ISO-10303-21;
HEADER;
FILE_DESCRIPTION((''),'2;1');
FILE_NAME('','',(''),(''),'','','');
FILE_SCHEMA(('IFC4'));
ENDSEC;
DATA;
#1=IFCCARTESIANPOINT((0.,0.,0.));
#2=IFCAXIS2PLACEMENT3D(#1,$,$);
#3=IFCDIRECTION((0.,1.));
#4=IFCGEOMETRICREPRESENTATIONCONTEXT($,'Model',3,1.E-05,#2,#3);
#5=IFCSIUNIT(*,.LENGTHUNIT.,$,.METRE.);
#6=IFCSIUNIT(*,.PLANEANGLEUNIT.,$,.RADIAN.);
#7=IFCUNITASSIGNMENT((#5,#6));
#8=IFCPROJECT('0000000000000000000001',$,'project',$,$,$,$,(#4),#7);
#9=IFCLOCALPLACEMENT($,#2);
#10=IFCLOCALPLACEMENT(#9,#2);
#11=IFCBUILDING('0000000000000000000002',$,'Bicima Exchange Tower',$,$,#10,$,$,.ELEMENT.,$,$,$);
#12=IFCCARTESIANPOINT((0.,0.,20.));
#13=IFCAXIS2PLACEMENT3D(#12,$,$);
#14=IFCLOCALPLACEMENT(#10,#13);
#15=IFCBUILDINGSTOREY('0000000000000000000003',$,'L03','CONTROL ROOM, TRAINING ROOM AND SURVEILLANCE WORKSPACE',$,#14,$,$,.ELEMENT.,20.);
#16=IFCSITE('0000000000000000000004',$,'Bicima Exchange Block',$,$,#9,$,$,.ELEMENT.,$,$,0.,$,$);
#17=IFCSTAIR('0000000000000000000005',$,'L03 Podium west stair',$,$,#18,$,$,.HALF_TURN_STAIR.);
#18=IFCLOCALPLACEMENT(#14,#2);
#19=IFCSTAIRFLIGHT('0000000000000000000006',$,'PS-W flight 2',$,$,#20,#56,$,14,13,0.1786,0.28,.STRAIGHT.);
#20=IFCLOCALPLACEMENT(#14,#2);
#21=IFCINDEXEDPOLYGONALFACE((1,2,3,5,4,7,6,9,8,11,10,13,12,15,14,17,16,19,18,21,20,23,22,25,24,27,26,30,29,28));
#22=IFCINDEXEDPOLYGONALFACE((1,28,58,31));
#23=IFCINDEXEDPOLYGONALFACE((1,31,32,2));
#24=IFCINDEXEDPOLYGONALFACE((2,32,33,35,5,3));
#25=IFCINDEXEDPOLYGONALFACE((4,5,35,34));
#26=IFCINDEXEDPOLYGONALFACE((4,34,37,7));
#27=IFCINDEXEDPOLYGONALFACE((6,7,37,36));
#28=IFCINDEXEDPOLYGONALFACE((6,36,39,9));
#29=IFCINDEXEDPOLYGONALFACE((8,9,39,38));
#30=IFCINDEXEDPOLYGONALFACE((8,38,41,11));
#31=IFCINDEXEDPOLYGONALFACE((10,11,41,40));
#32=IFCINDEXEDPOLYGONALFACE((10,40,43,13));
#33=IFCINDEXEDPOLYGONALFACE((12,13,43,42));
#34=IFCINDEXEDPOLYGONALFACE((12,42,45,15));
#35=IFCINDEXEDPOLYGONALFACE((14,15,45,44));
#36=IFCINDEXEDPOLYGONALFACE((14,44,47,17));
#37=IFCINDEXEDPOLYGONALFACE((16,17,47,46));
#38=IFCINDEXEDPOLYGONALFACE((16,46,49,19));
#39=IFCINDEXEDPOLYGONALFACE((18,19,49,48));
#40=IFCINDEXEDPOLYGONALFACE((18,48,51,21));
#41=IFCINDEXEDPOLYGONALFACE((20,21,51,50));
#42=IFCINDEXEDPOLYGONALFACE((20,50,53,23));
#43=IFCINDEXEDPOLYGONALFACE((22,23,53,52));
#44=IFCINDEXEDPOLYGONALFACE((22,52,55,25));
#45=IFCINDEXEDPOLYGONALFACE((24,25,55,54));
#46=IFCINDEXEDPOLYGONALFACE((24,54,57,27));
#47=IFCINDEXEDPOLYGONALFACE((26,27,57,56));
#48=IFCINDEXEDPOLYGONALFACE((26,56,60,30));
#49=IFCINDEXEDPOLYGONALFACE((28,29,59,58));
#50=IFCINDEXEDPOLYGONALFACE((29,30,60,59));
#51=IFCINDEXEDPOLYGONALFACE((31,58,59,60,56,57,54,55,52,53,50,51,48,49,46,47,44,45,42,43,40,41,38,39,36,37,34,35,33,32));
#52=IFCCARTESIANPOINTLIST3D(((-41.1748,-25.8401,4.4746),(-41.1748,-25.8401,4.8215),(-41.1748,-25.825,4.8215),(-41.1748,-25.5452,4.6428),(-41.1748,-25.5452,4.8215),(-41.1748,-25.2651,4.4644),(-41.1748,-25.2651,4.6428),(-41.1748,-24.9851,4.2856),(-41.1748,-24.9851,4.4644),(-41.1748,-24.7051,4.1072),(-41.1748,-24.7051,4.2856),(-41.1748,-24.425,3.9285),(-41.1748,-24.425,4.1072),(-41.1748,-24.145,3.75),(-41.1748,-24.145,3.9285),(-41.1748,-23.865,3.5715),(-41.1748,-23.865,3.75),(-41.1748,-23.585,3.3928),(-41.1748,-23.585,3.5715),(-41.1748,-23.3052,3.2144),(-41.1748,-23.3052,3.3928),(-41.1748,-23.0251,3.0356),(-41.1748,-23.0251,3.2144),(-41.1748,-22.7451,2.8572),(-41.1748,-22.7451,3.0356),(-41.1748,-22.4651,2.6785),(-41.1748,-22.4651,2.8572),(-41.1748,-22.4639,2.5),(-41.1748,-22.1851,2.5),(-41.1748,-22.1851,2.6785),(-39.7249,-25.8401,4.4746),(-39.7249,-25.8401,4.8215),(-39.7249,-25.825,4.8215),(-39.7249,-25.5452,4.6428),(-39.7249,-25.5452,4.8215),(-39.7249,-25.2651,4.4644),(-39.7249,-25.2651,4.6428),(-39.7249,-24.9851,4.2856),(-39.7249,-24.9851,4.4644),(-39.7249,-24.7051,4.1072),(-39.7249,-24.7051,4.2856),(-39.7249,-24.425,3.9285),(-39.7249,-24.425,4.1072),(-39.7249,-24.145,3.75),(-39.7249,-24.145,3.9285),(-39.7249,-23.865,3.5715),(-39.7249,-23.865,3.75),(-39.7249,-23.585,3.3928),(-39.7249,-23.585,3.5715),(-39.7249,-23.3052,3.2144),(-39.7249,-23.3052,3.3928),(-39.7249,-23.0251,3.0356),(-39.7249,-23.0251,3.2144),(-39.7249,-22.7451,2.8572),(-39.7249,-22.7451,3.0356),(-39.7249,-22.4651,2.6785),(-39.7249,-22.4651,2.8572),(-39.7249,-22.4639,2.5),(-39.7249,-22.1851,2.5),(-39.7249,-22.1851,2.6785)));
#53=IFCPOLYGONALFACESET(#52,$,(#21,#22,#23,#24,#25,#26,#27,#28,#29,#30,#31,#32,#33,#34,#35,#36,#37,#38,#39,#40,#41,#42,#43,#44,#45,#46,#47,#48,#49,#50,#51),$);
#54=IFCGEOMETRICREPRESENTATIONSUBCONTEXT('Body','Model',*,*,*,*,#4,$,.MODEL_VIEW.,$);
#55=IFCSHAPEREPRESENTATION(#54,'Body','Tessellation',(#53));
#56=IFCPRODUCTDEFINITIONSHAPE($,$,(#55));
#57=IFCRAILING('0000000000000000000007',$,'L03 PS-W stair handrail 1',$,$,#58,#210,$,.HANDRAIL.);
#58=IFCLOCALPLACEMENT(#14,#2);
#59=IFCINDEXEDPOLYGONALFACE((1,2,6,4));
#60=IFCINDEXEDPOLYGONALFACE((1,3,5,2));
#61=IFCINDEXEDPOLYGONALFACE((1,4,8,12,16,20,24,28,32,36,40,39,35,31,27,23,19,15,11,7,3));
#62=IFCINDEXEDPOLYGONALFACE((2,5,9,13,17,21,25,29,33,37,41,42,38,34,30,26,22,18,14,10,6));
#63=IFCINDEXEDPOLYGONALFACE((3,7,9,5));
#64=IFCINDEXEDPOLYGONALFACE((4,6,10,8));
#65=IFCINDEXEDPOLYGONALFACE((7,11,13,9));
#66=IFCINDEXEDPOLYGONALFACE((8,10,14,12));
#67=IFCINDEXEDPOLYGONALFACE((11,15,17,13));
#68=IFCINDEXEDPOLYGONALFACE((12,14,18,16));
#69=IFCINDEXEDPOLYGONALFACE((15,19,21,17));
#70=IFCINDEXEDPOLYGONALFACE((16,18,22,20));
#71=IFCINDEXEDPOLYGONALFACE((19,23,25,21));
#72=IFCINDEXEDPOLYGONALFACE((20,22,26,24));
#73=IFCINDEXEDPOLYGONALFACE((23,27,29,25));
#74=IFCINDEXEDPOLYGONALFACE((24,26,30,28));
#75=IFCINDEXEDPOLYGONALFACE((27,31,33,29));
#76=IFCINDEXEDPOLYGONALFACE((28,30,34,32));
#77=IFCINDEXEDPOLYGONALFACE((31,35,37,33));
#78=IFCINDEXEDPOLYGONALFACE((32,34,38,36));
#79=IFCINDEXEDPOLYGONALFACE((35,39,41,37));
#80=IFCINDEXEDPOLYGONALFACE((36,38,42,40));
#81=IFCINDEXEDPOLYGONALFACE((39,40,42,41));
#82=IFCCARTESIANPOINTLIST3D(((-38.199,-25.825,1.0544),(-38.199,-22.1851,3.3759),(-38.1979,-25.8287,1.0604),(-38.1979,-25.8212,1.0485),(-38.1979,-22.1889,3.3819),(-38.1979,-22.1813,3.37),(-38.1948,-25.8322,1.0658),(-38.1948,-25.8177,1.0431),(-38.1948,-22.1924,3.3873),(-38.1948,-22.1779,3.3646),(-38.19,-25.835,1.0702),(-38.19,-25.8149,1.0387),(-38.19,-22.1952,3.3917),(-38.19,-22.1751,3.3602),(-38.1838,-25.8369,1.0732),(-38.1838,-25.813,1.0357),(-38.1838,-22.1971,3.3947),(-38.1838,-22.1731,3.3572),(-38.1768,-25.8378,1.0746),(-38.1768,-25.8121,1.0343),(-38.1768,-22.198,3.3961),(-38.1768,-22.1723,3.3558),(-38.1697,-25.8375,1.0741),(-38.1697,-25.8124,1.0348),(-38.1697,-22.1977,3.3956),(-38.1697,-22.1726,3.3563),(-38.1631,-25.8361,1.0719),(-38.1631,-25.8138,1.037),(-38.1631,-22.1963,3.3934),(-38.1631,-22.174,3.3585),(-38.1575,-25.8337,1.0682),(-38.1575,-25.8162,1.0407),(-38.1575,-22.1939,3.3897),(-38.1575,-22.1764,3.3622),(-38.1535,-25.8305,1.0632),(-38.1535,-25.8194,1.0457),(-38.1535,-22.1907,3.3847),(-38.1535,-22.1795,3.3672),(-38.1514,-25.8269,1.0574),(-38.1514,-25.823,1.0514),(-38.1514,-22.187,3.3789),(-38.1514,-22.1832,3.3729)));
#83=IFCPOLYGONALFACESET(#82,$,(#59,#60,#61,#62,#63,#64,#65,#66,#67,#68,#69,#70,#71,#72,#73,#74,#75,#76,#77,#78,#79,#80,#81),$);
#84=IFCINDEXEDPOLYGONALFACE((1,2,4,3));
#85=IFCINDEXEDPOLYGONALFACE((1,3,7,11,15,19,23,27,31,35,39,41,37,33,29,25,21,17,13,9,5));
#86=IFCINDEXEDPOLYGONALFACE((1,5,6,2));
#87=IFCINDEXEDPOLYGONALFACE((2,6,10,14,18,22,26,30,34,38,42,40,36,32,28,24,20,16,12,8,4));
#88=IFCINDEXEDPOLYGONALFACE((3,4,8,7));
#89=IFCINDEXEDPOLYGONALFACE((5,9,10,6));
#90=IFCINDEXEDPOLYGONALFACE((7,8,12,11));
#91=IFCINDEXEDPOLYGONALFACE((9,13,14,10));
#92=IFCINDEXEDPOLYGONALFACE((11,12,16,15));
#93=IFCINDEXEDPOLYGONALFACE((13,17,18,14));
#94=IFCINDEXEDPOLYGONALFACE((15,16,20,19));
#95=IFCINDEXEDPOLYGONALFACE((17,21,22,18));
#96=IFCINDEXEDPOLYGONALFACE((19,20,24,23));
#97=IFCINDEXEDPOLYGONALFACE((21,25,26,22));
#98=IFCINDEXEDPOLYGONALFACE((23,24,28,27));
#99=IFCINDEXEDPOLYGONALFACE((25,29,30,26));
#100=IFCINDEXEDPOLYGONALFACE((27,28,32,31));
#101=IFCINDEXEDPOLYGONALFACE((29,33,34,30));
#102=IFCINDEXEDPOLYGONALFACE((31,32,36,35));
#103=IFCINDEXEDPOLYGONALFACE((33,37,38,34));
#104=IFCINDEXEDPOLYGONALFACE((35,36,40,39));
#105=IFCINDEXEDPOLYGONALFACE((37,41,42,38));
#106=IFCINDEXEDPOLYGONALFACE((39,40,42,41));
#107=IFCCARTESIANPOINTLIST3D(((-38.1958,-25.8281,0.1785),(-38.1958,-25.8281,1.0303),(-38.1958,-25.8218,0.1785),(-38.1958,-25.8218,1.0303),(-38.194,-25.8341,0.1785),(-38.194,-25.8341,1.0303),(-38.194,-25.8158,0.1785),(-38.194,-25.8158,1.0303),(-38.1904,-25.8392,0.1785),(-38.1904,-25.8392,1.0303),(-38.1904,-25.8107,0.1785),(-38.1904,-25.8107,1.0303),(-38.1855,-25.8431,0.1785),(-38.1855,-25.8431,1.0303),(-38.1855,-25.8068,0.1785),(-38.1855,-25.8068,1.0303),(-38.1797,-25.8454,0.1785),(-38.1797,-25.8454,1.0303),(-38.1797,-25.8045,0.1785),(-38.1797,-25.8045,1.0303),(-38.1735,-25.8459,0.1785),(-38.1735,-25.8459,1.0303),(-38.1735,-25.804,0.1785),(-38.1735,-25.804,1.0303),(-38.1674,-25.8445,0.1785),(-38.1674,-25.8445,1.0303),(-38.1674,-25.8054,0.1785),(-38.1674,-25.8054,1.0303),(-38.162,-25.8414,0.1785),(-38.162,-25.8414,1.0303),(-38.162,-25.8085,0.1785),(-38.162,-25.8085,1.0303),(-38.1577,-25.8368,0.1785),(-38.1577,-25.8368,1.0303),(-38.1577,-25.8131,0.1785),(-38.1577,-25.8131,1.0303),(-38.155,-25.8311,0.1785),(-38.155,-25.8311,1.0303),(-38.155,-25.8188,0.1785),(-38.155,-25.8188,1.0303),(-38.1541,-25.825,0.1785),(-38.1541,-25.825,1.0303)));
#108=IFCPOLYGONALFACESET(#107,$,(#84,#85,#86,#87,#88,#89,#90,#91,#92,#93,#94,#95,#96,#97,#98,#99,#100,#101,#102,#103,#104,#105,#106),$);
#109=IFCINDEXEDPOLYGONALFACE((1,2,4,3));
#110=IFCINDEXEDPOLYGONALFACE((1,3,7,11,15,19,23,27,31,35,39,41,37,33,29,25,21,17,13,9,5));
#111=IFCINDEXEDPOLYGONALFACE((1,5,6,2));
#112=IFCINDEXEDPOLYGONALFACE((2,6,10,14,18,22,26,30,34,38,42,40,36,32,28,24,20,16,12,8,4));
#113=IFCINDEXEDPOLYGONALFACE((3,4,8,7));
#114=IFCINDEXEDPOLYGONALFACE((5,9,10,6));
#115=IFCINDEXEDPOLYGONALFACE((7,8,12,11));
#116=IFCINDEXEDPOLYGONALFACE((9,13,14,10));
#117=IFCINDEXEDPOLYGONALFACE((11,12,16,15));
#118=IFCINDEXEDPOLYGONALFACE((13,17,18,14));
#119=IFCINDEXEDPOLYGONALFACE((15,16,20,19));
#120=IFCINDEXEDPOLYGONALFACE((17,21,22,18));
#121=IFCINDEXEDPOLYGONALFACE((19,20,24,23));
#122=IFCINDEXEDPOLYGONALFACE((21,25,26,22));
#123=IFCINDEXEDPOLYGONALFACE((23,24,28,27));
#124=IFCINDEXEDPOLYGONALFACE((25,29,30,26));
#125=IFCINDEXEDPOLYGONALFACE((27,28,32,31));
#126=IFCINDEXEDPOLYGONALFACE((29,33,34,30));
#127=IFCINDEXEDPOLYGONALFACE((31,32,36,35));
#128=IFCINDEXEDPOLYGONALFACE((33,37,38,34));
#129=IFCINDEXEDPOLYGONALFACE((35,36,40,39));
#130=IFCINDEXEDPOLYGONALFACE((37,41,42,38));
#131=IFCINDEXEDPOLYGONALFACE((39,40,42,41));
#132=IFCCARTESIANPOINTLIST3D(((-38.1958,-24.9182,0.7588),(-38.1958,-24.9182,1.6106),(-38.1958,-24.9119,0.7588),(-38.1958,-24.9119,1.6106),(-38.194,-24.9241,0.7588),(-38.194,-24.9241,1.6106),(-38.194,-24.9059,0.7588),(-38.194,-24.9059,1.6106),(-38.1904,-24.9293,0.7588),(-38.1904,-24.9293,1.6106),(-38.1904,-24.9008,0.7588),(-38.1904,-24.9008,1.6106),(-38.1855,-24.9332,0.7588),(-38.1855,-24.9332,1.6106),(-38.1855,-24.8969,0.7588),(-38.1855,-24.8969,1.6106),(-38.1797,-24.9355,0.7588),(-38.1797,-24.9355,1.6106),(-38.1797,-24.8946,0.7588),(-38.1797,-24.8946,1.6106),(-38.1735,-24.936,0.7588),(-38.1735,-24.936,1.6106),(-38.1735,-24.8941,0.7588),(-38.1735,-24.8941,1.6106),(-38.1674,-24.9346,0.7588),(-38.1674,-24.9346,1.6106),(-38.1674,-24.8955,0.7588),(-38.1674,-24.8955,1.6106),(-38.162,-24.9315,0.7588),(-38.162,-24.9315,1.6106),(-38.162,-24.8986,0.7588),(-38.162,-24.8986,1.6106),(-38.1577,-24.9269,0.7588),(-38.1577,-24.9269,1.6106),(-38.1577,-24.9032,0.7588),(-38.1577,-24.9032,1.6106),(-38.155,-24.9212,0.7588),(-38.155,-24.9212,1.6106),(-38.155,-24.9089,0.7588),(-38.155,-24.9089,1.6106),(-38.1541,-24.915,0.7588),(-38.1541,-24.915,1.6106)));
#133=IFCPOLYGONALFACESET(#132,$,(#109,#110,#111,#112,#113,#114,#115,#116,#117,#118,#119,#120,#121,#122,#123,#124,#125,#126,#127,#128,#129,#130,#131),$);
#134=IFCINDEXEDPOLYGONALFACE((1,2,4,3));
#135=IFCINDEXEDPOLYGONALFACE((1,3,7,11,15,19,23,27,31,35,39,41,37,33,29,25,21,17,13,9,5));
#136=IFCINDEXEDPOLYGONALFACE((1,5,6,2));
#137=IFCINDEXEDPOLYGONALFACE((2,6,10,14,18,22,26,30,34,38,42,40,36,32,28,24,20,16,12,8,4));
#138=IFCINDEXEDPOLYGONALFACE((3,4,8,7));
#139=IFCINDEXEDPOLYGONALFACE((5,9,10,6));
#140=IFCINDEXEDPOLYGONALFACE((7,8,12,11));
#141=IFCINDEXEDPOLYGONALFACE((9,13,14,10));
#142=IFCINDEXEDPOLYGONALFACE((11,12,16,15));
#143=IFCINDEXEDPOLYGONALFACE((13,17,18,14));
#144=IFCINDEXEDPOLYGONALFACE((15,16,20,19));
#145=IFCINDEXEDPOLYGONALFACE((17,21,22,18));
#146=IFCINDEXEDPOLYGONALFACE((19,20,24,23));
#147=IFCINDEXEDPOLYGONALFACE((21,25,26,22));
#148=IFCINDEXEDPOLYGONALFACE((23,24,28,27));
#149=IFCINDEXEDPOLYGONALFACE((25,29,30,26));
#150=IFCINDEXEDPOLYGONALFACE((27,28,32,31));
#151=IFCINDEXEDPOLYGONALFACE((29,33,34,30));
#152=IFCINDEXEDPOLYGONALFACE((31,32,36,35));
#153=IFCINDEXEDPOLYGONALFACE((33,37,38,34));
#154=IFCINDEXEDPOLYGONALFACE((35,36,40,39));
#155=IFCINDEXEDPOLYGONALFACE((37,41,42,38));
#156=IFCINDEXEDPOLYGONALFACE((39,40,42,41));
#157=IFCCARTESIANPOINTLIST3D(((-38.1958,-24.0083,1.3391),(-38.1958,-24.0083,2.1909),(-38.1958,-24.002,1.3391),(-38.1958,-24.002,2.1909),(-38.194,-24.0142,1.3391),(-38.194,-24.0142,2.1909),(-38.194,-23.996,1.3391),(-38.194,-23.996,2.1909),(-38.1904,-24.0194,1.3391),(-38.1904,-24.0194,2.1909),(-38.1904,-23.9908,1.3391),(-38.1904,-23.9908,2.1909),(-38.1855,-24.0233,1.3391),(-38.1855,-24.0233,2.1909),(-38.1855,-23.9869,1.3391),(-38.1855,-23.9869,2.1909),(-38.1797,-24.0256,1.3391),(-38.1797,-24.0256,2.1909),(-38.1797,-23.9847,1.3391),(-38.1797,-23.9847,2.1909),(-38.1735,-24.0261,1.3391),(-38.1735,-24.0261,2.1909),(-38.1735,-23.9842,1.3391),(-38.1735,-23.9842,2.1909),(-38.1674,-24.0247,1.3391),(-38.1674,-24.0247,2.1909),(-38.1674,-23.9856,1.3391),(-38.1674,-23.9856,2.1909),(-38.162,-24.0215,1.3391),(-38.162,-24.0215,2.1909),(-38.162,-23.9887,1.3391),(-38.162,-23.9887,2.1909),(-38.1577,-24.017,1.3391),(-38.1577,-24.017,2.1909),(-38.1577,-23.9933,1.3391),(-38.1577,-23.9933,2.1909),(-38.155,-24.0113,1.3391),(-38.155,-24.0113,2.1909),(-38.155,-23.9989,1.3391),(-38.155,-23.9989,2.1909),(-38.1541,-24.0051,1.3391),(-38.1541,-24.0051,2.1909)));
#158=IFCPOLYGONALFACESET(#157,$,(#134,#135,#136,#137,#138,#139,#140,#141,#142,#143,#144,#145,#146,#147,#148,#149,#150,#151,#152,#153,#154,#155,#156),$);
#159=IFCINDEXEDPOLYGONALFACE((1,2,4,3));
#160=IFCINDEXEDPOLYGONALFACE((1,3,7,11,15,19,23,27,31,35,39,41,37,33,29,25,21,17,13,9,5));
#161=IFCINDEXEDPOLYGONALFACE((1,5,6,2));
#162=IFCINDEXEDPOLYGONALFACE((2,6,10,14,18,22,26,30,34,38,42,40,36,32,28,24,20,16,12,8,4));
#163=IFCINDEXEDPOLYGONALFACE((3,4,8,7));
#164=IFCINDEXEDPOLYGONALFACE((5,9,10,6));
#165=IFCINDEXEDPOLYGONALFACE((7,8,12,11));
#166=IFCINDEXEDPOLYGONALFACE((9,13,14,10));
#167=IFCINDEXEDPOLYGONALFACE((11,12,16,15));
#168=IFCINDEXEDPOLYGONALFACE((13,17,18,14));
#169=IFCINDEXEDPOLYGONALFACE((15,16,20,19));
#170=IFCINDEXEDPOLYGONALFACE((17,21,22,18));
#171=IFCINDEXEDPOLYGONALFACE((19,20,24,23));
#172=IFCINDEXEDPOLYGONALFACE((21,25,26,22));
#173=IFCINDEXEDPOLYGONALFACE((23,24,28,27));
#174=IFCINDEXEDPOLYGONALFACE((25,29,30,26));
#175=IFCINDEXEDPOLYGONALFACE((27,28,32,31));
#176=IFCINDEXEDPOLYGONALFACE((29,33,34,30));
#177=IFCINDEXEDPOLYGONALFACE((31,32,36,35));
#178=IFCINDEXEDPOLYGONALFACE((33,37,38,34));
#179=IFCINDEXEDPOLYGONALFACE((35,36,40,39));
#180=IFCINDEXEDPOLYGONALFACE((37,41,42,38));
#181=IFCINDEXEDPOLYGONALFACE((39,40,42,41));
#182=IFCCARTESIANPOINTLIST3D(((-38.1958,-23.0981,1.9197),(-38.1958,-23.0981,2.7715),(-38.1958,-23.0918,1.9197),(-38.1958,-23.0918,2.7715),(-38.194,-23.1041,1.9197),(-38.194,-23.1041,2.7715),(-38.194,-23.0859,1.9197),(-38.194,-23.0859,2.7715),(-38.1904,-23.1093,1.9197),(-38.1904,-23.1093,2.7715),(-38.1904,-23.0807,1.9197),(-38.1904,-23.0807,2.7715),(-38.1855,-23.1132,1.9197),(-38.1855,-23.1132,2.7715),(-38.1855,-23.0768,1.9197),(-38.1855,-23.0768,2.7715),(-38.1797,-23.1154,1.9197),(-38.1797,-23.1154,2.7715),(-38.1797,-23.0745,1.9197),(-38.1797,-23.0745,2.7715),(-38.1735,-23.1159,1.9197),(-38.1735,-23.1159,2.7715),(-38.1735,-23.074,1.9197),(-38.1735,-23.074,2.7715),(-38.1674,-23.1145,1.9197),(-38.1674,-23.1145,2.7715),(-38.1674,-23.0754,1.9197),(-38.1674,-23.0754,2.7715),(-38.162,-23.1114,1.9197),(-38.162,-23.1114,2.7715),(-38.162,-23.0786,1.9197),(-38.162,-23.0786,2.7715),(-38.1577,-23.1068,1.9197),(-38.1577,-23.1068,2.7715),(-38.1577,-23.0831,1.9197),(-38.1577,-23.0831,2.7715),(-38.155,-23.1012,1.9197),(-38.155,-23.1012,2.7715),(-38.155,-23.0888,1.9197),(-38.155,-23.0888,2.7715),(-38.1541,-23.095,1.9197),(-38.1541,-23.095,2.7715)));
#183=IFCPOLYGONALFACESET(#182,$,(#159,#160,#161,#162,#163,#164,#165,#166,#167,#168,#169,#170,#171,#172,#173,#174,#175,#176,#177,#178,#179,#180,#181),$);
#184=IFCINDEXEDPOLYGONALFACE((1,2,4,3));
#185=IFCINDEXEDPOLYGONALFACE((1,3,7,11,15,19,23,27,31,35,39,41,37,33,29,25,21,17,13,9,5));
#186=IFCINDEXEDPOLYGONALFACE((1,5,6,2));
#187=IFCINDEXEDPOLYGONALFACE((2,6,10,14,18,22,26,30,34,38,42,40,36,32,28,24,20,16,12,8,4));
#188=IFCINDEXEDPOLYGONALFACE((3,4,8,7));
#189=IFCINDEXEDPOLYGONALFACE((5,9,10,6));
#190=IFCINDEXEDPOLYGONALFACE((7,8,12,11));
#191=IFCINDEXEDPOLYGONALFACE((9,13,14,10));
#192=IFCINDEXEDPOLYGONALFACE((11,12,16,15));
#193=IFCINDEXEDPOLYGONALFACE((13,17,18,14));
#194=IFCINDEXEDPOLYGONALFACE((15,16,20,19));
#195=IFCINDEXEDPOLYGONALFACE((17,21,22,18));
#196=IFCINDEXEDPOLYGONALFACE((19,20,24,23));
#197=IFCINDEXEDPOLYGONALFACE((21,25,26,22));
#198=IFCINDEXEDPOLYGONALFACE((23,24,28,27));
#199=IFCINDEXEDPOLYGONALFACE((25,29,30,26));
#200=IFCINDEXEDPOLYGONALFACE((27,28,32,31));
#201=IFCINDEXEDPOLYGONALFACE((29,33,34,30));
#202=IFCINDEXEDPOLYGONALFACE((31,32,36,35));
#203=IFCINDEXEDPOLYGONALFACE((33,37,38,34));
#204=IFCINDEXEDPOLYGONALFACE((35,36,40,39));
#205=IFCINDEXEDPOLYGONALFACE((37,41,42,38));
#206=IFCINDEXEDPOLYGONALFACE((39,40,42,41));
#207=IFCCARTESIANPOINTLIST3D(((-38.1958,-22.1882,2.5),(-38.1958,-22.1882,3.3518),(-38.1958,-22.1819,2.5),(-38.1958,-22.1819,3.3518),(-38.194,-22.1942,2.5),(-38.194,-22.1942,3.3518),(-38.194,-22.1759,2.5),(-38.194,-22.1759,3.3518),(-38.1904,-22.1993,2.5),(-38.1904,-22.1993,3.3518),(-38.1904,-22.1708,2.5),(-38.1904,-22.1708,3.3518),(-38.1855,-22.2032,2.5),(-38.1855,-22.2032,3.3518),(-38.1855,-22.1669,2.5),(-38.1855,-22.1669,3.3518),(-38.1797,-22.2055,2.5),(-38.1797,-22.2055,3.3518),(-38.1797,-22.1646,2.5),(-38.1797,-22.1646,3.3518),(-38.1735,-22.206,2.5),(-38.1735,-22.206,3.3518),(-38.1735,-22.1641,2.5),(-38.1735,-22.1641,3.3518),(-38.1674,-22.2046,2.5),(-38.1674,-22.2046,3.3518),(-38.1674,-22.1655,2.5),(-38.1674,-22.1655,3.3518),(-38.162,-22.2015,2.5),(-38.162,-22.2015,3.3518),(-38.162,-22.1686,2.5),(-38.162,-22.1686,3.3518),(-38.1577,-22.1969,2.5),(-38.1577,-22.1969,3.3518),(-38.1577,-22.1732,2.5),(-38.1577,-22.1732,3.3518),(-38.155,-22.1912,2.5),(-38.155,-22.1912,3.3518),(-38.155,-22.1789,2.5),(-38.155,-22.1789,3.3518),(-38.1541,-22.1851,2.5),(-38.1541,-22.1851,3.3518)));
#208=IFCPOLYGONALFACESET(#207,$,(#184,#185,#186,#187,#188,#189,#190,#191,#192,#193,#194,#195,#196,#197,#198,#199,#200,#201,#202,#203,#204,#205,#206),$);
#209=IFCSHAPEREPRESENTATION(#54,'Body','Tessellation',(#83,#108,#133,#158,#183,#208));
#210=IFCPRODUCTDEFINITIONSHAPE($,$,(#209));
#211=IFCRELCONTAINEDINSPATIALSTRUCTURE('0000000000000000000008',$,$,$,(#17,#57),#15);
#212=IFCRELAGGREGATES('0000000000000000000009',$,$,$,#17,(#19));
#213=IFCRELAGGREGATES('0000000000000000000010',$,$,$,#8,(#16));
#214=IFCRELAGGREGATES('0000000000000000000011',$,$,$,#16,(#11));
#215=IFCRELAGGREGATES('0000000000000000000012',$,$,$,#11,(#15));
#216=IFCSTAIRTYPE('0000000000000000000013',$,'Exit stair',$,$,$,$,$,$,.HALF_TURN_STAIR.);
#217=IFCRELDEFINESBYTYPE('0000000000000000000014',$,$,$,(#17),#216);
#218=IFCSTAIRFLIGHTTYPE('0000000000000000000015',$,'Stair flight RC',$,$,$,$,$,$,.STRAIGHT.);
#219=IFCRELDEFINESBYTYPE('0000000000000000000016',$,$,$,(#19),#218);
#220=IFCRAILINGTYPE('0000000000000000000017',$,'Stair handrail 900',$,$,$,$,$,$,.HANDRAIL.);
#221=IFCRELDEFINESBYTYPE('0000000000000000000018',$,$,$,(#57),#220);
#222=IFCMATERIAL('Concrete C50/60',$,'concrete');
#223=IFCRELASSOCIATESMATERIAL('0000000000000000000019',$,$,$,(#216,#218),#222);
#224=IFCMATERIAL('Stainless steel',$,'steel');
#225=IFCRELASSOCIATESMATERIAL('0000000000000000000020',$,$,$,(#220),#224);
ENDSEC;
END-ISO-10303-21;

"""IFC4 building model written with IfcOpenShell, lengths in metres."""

from ifc_helpers import new_model, si_unit, direction, frame, origin, origin_2d, place, context, subcontext, project, spatial, polyline, circle, outline, extrude, material, type_object, element, aggregate, save


model = new_model("IFC4")

# Units and contexts
model_context = context("Model", 3, precision=1e-05, world=origin(), true_north=direction((0.0, 1.0)))
body_context = subcontext(model_context, "Body", "Model", "MODEL_VIEW")
ifc_project = project(units=[si_unit("LENGTHUNIT", "METRE"), si_unit("PLANEANGLEUNIT", "RADIAN")], contexts=[model_context])

# Site, building, storey
site_placement = place(None, origin())
site = spatial("IfcSite", under=ifc_project, at=site_placement, Name="Bicima Exchange Block", CompositionType="ELEMENT", RefElevation=0.0)
building_placement = place(site_placement, origin())
building = spatial("IfcBuilding", under=site, at=building_placement, Name="Bicima Exchange Tower", CompositionType="ELEMENT")
storey_placement = place(building_placement, frame((0.0, 0.0, 20.0)))
storey = spatial("IfcBuildingStorey", under=building, at=storey_placement, Name="L03", Description="CONTROL ROOM, TRAINING ROOM AND SURVEILLANCE WORKSPACE", CompositionType="ELEMENT", Elevation=20.0)

# Shared definitions
ifc_material_1 = material(Name="Concrete C50/60", Category="concrete")

# Stair, stair flight
stair_type = type_object("IfcStairType", Name="Exit stair", PredefinedType="HALF_TURN_STAIR", material=ifc_material_1)
stair_placement = place(storey_placement, origin())
stair = element("IfcStair", 1, at=stair_placement, inside=storey, type_object=stair_type, Name="L03 Podium west stair", PredefinedType="HALF_TURN_STAIR")
stair_flight_type = type_object("IfcStairFlightType", Name="Stair flight RC", PredefinedType="STRAIGHT", material=ifc_material_1)
stair_flight_1_placement = place(storey_placement, frame((-40.45, -22.1851, 2.5), z_axis=(0.0, 0.0, 1.0), x_axis=(0.0, -1.0, 0.0)))
stair_flight_1 = element("IfcStairFlight", 2, at=stair_flight_1_placement, type_object=stair_flight_type, Name="PS-W flight 2", NumberOfRisers=14, NumberOfTreads=13, PredefinedType="STRAIGHT", RiserHeight=0.1786, TreadLength=0.28, context=body_context, shape_type="SweptSolid", body=[
    extrude(outline(polyline([(0.0, 0.0), (0.0, 0.1785), (0.28, 0.1785), (0.28, 0.3572), (0.5601, 0.3572), (0.5601, 0.5356), (0.8401, 0.5356), (0.8401, 0.7144), (1.1201, 0.7144), (1.1201, 0.8928), (1.3999, 0.8928), (1.3999, 1.0715), (1.6799, 1.0715), (1.6799, 1.25), (1.96, 1.25), (1.96, 1.4285), (2.24, 1.4285), (2.24, 1.6072), (2.52, 1.6072), (2.52, 1.7856), (2.8, 1.7856), (2.8, 1.9644), (3.0801, 1.9644), (3.0801, 2.1428), (3.3601, 2.1428), (3.3601, 2.3215), (3.6399, 2.3215), (3.655, 2.3215), (3.655, 1.9746), (0.2788, 0.0), (0.0, 0.0)])), frame((0.0, 0.7251, 0.0), z_axis=(0.0, -1.0, 0.0), x_axis=(1.0, 0.0, 0.0)), (0.0, 0.0, 1.0), 1.45),
])
aggregate(stair, [stair_flight_1])

# Railing
ifc_material_2 = material(Name="Stainless steel", Category="steel")
railing_type_1 = type_object("IfcRailingType", Name="Stair handrail 900", PredefinedType="HANDRAIL", material=ifc_material_2)
railing_1_placement = place(storey_placement, frame((-38.175, -25.825, 0.1785)))
element("IfcRailing", 3, at=railing_1_placement, inside=storey, type_object=railing_type_1, Name="L03 PS-W stair handrail 1", PredefinedType="HANDRAIL", context=body_context, shape_type="SweptSolid", body=[
    extrude(circle(Radius=0.0239, at=origin_2d()), frame((0.0, 0.0, 0.876), z_axis=(0.0, 0.843112, 0.537739), x_axis=(-1.0, 0.0, 0.0)), (0.0, 0.0, 1.0), 4.3171),
    extrude(circle(Radius=0.021, at=origin_2d()), origin(), (0.0, 0.0, 1.0), 0.8518),
    extrude(circle(Radius=0.021, at=origin_2d()), frame((0.0, 0.9099, 0.5803)), (0.0, 0.0, 1.0), 0.8518),
    extrude(circle(Radius=0.021, at=origin_2d()), frame((0.0, 1.8198, 1.1606)), (0.0, 0.0, 1.0), 0.8518),
    extrude(circle(Radius=0.021, at=origin_2d()), frame((0.0, 2.73, 1.7412)), (0.0, 0.0, 1.0), 0.8518),
    extrude(circle(Radius=0.021, at=origin_2d()), frame((0.0, 3.6399, 2.3215)), (0.0, 0.0, 1.0), 0.8518),
])

save(model, "model.ifc")
